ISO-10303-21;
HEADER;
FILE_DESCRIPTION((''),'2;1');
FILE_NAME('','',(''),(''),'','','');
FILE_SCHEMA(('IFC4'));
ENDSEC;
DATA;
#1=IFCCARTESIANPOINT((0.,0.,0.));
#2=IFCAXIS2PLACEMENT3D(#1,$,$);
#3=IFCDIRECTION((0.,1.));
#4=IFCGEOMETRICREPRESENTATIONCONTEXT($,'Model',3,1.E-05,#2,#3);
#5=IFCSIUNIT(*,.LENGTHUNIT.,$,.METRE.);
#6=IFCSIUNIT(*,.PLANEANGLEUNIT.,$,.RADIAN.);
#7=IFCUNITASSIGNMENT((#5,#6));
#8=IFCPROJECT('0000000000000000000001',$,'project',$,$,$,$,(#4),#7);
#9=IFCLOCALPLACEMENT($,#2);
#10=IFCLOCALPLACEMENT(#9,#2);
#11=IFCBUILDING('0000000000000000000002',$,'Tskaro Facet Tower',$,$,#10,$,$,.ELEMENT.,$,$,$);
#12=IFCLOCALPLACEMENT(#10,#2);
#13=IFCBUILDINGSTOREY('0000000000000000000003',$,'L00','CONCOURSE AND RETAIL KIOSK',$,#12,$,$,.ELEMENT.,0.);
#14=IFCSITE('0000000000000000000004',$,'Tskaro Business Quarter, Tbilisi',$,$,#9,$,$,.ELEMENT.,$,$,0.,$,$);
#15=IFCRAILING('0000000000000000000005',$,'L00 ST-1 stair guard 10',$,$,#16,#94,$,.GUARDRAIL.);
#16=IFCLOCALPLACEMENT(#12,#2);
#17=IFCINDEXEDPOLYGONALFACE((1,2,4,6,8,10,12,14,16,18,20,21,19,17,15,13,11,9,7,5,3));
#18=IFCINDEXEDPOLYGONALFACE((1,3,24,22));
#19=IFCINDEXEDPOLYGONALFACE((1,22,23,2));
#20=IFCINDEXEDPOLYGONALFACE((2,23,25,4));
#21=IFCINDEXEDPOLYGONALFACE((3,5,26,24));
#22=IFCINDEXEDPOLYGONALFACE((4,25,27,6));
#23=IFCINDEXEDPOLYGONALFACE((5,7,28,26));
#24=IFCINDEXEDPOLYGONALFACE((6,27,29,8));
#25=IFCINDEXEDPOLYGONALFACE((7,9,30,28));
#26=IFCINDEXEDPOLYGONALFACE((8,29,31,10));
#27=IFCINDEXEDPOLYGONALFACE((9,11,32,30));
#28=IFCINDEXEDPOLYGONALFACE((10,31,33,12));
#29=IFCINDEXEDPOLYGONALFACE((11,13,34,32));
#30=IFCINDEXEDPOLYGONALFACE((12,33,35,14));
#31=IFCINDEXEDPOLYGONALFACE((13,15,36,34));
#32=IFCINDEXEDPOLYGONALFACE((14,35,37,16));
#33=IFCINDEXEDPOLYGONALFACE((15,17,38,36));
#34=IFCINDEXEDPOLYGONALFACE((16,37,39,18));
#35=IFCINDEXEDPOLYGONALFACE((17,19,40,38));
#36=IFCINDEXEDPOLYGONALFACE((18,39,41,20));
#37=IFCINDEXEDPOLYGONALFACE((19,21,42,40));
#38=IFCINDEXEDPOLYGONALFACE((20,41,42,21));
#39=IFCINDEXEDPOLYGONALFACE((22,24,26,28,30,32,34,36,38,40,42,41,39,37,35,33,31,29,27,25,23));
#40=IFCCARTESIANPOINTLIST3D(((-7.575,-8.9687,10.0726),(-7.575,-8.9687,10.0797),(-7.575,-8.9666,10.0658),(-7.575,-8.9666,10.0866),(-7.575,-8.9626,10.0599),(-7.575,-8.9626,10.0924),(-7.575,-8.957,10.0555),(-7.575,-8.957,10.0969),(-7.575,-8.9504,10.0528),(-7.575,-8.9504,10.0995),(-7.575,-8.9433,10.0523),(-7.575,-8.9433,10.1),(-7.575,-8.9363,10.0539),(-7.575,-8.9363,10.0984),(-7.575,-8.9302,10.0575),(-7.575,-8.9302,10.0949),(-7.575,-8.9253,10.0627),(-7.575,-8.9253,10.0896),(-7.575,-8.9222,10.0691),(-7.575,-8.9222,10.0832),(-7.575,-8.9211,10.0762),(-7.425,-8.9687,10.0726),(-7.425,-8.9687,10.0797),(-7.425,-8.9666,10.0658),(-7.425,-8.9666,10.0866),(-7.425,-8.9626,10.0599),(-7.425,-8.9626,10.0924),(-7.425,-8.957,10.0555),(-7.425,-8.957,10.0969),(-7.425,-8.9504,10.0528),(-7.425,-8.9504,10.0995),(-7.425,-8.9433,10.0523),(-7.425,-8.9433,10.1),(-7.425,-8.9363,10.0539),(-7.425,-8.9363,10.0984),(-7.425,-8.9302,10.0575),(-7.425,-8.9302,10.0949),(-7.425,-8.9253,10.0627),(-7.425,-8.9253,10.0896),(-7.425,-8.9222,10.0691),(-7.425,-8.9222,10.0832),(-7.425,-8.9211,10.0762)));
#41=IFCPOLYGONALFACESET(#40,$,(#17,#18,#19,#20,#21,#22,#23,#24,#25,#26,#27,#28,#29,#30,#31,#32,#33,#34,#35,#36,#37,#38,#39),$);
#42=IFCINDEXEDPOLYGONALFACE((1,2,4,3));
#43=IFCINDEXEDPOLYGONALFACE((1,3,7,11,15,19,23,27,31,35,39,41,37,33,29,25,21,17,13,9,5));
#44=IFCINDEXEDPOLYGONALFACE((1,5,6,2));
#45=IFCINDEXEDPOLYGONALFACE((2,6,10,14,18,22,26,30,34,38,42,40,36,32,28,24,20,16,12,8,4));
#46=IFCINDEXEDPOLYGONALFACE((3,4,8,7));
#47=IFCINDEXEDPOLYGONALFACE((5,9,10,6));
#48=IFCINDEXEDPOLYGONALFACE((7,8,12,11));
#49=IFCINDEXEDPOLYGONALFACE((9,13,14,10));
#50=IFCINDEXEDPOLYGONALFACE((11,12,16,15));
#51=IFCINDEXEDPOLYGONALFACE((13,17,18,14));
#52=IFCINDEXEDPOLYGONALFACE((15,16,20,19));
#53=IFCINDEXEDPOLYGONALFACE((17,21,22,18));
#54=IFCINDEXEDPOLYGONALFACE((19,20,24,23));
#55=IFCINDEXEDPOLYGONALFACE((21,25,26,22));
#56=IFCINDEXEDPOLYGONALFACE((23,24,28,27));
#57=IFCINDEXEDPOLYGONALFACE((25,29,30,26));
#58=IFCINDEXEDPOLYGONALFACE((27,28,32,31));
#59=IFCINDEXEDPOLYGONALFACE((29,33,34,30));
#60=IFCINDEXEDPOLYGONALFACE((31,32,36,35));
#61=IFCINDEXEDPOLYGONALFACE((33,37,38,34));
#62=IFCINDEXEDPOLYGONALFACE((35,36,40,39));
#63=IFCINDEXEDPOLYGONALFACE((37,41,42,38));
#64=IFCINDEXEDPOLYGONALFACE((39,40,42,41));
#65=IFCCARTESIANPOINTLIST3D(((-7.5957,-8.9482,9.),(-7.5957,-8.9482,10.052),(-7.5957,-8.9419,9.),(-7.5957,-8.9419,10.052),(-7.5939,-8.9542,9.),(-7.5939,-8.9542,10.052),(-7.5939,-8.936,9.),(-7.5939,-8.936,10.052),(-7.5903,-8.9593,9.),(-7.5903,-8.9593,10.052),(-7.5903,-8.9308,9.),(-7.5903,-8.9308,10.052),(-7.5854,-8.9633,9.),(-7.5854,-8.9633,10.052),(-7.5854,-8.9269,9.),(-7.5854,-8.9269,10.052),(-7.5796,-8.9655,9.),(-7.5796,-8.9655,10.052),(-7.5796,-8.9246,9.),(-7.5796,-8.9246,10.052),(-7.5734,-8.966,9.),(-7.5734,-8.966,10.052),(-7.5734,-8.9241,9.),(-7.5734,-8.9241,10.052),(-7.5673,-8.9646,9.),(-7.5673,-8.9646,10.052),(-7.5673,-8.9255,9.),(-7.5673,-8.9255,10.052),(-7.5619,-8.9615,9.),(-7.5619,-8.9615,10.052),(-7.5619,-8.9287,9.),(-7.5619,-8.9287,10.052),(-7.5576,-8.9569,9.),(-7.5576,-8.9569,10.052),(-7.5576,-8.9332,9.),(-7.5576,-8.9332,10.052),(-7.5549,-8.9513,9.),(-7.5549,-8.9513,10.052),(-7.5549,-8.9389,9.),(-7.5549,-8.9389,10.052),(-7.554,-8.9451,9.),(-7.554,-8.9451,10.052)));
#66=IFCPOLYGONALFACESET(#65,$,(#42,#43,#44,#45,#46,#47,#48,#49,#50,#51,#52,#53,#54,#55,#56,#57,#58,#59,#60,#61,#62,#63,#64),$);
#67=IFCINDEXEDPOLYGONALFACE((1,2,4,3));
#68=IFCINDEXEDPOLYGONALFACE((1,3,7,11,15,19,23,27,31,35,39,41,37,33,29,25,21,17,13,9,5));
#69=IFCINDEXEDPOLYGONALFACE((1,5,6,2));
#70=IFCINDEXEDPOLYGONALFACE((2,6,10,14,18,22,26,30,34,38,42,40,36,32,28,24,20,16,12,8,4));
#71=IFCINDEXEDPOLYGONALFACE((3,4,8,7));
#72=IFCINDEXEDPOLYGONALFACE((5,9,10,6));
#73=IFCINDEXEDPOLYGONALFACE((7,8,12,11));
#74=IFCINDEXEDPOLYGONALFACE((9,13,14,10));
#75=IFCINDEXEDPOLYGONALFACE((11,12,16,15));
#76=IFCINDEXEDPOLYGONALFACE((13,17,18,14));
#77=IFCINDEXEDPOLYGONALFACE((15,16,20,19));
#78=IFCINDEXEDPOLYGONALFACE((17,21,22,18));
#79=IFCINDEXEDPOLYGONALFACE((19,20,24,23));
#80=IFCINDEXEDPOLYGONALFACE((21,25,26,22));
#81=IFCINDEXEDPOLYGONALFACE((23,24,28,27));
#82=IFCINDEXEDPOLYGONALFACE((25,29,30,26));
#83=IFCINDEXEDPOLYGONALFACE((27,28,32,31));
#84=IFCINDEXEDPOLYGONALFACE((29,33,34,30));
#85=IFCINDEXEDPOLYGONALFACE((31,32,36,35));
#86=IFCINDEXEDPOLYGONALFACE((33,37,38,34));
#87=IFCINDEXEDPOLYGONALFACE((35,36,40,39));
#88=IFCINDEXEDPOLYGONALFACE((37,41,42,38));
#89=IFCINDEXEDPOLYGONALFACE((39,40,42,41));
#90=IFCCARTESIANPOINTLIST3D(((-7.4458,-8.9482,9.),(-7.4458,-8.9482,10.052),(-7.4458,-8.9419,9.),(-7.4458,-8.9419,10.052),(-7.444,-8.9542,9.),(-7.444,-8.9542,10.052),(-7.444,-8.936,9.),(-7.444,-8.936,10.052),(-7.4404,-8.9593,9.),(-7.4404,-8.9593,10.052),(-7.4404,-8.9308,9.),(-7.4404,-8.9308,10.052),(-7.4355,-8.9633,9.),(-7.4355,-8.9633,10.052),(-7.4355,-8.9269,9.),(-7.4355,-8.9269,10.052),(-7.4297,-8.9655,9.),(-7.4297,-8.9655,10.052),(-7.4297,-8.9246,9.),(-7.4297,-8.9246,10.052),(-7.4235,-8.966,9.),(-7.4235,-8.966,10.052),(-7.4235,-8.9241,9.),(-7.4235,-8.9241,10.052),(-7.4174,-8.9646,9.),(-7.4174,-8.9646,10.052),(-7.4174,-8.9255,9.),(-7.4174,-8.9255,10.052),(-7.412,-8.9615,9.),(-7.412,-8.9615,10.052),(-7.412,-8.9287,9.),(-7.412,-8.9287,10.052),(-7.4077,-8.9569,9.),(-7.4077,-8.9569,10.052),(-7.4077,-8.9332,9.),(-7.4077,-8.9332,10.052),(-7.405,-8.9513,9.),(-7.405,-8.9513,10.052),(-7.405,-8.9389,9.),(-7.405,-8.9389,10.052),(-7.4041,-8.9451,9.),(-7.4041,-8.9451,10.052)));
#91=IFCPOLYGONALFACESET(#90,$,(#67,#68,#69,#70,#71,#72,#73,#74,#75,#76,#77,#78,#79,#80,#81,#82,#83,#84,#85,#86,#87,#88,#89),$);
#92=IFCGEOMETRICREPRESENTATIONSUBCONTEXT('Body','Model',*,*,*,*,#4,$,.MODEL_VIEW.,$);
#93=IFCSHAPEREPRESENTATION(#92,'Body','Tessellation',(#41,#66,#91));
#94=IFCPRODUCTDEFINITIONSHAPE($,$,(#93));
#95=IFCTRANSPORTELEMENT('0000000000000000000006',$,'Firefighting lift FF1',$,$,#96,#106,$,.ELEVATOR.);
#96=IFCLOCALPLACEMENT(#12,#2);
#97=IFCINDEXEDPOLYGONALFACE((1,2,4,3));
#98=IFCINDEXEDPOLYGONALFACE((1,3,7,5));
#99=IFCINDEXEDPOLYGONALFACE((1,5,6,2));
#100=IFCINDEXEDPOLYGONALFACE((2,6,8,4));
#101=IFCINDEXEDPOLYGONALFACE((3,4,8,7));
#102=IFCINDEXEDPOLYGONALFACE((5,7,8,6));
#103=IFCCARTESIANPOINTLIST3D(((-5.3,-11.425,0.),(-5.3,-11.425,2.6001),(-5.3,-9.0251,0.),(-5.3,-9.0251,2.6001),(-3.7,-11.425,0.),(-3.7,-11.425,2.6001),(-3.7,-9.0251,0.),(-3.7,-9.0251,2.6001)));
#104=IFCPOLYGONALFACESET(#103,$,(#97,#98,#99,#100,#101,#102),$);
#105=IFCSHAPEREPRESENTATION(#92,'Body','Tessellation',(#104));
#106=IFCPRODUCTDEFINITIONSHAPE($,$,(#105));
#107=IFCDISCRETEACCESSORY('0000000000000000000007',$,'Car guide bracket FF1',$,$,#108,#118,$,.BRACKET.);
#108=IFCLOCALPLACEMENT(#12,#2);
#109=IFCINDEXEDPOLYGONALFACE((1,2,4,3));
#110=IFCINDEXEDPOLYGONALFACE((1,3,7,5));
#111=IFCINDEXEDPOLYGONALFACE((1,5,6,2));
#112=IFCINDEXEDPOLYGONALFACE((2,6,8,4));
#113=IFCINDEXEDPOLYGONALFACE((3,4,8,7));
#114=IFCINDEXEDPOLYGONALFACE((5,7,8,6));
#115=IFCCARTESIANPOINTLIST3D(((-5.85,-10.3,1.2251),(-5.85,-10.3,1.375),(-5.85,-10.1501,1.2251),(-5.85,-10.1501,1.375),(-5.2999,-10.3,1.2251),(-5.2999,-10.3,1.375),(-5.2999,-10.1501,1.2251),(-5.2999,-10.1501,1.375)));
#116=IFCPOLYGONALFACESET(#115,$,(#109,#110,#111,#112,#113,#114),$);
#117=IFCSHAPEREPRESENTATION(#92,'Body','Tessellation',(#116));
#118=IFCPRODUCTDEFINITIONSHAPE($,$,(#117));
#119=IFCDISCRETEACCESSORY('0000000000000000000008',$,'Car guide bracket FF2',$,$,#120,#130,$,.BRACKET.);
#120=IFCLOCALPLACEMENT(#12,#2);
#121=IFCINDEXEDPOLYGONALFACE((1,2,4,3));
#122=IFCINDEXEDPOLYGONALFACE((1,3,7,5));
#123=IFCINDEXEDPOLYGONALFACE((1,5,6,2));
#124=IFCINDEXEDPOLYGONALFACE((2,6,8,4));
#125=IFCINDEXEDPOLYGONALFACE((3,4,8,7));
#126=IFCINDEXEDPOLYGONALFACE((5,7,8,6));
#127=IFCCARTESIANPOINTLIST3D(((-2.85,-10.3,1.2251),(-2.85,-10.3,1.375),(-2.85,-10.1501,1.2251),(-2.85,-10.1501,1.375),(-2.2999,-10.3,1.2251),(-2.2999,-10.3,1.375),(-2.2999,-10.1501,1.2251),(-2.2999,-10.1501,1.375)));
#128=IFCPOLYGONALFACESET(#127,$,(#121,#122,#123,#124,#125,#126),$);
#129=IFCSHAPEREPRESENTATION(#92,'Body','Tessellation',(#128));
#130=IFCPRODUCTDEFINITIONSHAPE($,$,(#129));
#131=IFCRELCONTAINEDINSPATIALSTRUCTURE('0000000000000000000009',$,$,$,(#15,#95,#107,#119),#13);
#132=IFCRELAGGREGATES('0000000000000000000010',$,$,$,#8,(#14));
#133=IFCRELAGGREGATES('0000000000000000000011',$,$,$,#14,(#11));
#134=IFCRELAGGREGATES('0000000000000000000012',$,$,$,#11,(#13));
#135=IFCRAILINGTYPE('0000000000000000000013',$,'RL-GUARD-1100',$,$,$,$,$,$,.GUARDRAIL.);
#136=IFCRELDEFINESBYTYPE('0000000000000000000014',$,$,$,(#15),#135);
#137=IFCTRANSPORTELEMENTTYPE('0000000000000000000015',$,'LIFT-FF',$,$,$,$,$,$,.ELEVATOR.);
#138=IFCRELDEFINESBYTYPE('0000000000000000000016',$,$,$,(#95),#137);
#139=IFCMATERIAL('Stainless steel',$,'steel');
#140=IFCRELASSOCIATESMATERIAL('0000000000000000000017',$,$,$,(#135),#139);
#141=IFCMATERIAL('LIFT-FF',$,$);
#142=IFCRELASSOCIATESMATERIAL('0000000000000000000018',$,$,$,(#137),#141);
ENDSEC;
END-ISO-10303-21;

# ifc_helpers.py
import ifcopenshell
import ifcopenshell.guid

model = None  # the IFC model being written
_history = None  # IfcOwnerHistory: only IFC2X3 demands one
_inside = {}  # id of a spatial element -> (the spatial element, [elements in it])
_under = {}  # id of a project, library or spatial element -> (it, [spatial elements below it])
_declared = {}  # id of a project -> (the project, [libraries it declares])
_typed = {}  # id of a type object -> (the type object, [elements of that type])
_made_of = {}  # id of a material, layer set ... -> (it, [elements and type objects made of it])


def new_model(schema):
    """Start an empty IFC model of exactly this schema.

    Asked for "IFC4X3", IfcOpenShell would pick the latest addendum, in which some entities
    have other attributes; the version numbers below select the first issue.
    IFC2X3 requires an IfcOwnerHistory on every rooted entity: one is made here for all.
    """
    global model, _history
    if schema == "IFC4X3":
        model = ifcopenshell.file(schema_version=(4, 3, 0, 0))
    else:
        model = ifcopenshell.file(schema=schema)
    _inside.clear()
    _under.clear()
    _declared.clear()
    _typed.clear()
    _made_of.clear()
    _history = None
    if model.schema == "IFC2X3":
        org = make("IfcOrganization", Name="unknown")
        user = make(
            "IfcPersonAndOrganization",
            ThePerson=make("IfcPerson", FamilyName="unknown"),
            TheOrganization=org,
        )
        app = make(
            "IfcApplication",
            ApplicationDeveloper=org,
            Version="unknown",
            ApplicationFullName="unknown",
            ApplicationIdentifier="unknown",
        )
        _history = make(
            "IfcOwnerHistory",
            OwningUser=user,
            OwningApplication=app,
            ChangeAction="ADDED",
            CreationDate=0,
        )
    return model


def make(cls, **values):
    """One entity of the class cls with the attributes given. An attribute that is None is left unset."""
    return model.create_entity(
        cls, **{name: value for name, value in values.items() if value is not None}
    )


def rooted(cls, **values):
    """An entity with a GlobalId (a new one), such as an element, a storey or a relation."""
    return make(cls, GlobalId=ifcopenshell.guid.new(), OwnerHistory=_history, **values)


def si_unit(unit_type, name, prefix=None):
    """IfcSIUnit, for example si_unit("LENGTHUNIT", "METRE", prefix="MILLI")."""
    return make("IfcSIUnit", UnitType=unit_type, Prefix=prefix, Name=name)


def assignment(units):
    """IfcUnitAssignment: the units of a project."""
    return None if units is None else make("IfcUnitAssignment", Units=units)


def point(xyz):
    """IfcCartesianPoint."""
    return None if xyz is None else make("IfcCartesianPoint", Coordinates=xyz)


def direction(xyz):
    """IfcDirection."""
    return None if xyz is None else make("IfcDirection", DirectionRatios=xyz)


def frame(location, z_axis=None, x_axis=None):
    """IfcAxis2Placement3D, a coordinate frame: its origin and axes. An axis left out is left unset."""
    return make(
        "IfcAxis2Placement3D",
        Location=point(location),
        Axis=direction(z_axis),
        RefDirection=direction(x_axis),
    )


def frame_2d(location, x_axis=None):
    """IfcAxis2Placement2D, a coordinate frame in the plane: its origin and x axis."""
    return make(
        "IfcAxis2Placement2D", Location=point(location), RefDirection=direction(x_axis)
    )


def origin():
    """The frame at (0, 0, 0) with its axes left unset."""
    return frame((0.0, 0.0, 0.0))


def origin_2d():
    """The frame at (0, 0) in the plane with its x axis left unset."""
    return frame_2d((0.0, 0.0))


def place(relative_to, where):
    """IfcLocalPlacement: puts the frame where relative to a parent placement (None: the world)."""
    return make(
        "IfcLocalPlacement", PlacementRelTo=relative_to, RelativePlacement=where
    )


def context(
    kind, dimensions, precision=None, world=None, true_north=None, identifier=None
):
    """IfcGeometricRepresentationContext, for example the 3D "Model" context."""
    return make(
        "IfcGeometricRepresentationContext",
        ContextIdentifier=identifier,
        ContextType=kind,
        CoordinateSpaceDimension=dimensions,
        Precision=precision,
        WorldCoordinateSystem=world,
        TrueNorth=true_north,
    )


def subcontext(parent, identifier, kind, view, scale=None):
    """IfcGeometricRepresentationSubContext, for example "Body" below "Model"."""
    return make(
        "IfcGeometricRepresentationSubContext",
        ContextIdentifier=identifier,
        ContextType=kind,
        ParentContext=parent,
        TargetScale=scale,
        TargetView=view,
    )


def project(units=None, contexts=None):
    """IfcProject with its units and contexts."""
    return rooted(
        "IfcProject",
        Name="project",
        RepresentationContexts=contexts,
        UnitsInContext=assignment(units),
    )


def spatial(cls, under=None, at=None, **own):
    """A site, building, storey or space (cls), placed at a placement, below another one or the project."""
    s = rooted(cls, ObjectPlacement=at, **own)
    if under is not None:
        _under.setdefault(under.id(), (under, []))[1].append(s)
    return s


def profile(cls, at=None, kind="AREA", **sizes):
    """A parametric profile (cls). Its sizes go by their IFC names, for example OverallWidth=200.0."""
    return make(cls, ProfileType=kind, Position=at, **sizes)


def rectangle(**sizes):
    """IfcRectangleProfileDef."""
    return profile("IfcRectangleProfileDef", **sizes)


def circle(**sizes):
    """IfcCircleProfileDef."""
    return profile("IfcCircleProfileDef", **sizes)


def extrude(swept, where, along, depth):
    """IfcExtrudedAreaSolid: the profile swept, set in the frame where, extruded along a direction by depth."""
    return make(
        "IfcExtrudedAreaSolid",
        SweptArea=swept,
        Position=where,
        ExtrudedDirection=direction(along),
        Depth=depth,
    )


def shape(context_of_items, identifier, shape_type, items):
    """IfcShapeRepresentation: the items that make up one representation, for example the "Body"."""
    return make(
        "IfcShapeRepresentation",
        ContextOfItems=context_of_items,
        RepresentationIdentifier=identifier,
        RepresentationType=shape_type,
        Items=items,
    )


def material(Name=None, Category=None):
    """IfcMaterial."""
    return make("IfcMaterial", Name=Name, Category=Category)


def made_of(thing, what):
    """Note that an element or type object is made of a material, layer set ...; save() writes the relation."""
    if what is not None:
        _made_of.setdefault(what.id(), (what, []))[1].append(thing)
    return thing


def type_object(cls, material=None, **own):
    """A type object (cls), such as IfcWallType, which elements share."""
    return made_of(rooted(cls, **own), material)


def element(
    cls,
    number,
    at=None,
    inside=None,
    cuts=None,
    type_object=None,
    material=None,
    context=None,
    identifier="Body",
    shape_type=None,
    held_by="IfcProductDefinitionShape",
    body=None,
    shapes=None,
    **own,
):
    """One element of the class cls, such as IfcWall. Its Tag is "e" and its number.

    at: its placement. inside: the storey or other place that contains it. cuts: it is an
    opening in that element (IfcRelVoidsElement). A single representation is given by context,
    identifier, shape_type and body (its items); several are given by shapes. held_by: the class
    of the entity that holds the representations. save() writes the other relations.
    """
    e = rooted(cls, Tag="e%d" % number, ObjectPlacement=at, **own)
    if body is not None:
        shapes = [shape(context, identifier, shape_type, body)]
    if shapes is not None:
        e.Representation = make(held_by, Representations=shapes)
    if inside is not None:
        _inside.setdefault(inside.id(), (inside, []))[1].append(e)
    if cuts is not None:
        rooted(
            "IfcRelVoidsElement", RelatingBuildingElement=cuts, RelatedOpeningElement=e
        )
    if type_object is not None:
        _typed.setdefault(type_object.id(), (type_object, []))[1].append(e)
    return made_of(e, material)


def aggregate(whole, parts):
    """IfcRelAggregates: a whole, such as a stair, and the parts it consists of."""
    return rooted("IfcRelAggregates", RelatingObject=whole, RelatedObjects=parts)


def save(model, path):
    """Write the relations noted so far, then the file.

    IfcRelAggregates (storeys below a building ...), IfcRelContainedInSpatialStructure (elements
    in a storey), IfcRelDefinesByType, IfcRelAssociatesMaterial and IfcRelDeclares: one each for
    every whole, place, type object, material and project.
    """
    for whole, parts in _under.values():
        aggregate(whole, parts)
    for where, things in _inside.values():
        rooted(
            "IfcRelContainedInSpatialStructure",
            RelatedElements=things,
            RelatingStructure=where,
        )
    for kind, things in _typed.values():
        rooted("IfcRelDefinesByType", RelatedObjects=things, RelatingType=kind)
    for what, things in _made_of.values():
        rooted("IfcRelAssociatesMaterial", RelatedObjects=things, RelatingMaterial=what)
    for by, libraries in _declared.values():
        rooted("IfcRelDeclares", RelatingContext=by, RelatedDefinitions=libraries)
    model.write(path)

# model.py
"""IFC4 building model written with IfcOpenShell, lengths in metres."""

from ifc_helpers import new_model, si_unit, direction, frame, origin, origin_2d, place, context, subcontext, project, spatial, rectangle, circle, extrude, material, type_object, element, save


model = new_model("IFC4")

# Units and contexts
model_context = context("Model", 3, precision=1e-05, world=origin(), true_north=direction((0.0, 1.0)))
body_context = subcontext(model_context, "Body", "Model", "MODEL_VIEW")
ifc_project = project(units=[si_unit("LENGTHUNIT", "METRE"), si_unit("PLANEANGLEUNIT", "RADIAN")], contexts=[model_context])

# Site, building, storey
site_placement = place(None, origin())
site = spatial("IfcSite", under=ifc_project, at=site_placement, Name="Tskaro Business Quarter, Tbilisi", CompositionType="ELEMENT", RefElevation=0.0)
building_placement = place(site_placement, origin())
building = spatial("IfcBuilding", under=site, at=building_placement, Name="Tskaro Facet Tower", CompositionType="ELEMENT")
storey_placement = place(building_placement, origin())
storey = spatial("IfcBuildingStorey", under=building, at=storey_placement, Name="L00", Description="CONCOURSE AND RETAIL KIOSK", CompositionType="ELEMENT", Elevation=0.0)

# Shared definitions
ifc_material_1 = material(Name="Stainless steel", Category="steel")

# Railing
railing_type = type_object("IfcRailingType", Name="RL-GUARD-1100", PredefinedType="GUARDRAIL", material=ifc_material_1)
railing_1_placement = place(storey_placement, frame((-7.575, -8.9451, 9.0)))
element("IfcRailing", 1, at=railing_1_placement, inside=storey, type_object=railing_type, Name="L00 ST-1 stair guard 10", PredefinedType="GUARDRAIL", context=body_context, shape_type="SweptSolid", body=[
    extrude(circle(Radius=0.0239, at=origin_2d()), frame((0.0, 0.0, 1.0762), z_axis=(1.0, 0.0, 0.0), x_axis=(0.0, 1.0, 0.0)), (0.0, 0.0, 1.0), 0.1499),
    extrude(circle(Radius=0.021, at=origin_2d()), origin(), (0.0, 0.0, 1.0), 1.052),
    extrude(circle(Radius=0.021, at=origin_2d()), frame((0.1499, 0.0, 0.0)), (0.0, 0.0, 1.0), 1.052),
])

# Transport element
ifc_material_2 = material(Name="LIFT-FF")
transport_element_type = type_object("IfcTransportElementType", Name="LIFT-FF", PredefinedType="ELEVATOR", material=ifc_material_2)
transport_element_placement = place(storey_placement, frame((-4.5, -10.2251, 0.0), z_axis=(0.0, 0.0, 1.0), x_axis=(1.0, 0.0, 0.0)))
element("IfcTransportElement", 2, at=transport_element_placement, inside=storey, type_object=transport_element_type, Name="Firefighting lift FF1", PredefinedType="ELEVATOR", context=body_context, shape_type="SweptSolid", body=[
    extrude(rectangle(XDim=1.6001, YDim=2.3999, at=origin_2d()), origin(), (0.0, 0.0, 1.0), 2.6001),
])

# Discrete accessories
for number, where, z_axis, x_axis, name in (
    (3, (-5.575, -10.2251, 1.2251), (0.0, 0.0, 1.0), (1.0, 0.0, 0.0), "Car guide bracket FF1"),
    (4, (-2.575, -10.2251, 1.2251), (0.0, 0.0, 1.0), (1.0, 0.0, 0.0), "Car guide bracket FF2"),
):
    element("IfcDiscreteAccessory", number, at=place(storey_placement, frame(where, z_axis=z_axis, x_axis=x_axis)), inside=storey, Name=name, PredefinedType="BRACKET", context=body_context, shape_type="SweptSolid", body=[
        extrude(rectangle(XDim=0.55, YDim=0.1499, at=origin_2d()), origin(), (0.0, 0.0, 1.0), 0.1499),
    ])

save(model, "model.ifc")
